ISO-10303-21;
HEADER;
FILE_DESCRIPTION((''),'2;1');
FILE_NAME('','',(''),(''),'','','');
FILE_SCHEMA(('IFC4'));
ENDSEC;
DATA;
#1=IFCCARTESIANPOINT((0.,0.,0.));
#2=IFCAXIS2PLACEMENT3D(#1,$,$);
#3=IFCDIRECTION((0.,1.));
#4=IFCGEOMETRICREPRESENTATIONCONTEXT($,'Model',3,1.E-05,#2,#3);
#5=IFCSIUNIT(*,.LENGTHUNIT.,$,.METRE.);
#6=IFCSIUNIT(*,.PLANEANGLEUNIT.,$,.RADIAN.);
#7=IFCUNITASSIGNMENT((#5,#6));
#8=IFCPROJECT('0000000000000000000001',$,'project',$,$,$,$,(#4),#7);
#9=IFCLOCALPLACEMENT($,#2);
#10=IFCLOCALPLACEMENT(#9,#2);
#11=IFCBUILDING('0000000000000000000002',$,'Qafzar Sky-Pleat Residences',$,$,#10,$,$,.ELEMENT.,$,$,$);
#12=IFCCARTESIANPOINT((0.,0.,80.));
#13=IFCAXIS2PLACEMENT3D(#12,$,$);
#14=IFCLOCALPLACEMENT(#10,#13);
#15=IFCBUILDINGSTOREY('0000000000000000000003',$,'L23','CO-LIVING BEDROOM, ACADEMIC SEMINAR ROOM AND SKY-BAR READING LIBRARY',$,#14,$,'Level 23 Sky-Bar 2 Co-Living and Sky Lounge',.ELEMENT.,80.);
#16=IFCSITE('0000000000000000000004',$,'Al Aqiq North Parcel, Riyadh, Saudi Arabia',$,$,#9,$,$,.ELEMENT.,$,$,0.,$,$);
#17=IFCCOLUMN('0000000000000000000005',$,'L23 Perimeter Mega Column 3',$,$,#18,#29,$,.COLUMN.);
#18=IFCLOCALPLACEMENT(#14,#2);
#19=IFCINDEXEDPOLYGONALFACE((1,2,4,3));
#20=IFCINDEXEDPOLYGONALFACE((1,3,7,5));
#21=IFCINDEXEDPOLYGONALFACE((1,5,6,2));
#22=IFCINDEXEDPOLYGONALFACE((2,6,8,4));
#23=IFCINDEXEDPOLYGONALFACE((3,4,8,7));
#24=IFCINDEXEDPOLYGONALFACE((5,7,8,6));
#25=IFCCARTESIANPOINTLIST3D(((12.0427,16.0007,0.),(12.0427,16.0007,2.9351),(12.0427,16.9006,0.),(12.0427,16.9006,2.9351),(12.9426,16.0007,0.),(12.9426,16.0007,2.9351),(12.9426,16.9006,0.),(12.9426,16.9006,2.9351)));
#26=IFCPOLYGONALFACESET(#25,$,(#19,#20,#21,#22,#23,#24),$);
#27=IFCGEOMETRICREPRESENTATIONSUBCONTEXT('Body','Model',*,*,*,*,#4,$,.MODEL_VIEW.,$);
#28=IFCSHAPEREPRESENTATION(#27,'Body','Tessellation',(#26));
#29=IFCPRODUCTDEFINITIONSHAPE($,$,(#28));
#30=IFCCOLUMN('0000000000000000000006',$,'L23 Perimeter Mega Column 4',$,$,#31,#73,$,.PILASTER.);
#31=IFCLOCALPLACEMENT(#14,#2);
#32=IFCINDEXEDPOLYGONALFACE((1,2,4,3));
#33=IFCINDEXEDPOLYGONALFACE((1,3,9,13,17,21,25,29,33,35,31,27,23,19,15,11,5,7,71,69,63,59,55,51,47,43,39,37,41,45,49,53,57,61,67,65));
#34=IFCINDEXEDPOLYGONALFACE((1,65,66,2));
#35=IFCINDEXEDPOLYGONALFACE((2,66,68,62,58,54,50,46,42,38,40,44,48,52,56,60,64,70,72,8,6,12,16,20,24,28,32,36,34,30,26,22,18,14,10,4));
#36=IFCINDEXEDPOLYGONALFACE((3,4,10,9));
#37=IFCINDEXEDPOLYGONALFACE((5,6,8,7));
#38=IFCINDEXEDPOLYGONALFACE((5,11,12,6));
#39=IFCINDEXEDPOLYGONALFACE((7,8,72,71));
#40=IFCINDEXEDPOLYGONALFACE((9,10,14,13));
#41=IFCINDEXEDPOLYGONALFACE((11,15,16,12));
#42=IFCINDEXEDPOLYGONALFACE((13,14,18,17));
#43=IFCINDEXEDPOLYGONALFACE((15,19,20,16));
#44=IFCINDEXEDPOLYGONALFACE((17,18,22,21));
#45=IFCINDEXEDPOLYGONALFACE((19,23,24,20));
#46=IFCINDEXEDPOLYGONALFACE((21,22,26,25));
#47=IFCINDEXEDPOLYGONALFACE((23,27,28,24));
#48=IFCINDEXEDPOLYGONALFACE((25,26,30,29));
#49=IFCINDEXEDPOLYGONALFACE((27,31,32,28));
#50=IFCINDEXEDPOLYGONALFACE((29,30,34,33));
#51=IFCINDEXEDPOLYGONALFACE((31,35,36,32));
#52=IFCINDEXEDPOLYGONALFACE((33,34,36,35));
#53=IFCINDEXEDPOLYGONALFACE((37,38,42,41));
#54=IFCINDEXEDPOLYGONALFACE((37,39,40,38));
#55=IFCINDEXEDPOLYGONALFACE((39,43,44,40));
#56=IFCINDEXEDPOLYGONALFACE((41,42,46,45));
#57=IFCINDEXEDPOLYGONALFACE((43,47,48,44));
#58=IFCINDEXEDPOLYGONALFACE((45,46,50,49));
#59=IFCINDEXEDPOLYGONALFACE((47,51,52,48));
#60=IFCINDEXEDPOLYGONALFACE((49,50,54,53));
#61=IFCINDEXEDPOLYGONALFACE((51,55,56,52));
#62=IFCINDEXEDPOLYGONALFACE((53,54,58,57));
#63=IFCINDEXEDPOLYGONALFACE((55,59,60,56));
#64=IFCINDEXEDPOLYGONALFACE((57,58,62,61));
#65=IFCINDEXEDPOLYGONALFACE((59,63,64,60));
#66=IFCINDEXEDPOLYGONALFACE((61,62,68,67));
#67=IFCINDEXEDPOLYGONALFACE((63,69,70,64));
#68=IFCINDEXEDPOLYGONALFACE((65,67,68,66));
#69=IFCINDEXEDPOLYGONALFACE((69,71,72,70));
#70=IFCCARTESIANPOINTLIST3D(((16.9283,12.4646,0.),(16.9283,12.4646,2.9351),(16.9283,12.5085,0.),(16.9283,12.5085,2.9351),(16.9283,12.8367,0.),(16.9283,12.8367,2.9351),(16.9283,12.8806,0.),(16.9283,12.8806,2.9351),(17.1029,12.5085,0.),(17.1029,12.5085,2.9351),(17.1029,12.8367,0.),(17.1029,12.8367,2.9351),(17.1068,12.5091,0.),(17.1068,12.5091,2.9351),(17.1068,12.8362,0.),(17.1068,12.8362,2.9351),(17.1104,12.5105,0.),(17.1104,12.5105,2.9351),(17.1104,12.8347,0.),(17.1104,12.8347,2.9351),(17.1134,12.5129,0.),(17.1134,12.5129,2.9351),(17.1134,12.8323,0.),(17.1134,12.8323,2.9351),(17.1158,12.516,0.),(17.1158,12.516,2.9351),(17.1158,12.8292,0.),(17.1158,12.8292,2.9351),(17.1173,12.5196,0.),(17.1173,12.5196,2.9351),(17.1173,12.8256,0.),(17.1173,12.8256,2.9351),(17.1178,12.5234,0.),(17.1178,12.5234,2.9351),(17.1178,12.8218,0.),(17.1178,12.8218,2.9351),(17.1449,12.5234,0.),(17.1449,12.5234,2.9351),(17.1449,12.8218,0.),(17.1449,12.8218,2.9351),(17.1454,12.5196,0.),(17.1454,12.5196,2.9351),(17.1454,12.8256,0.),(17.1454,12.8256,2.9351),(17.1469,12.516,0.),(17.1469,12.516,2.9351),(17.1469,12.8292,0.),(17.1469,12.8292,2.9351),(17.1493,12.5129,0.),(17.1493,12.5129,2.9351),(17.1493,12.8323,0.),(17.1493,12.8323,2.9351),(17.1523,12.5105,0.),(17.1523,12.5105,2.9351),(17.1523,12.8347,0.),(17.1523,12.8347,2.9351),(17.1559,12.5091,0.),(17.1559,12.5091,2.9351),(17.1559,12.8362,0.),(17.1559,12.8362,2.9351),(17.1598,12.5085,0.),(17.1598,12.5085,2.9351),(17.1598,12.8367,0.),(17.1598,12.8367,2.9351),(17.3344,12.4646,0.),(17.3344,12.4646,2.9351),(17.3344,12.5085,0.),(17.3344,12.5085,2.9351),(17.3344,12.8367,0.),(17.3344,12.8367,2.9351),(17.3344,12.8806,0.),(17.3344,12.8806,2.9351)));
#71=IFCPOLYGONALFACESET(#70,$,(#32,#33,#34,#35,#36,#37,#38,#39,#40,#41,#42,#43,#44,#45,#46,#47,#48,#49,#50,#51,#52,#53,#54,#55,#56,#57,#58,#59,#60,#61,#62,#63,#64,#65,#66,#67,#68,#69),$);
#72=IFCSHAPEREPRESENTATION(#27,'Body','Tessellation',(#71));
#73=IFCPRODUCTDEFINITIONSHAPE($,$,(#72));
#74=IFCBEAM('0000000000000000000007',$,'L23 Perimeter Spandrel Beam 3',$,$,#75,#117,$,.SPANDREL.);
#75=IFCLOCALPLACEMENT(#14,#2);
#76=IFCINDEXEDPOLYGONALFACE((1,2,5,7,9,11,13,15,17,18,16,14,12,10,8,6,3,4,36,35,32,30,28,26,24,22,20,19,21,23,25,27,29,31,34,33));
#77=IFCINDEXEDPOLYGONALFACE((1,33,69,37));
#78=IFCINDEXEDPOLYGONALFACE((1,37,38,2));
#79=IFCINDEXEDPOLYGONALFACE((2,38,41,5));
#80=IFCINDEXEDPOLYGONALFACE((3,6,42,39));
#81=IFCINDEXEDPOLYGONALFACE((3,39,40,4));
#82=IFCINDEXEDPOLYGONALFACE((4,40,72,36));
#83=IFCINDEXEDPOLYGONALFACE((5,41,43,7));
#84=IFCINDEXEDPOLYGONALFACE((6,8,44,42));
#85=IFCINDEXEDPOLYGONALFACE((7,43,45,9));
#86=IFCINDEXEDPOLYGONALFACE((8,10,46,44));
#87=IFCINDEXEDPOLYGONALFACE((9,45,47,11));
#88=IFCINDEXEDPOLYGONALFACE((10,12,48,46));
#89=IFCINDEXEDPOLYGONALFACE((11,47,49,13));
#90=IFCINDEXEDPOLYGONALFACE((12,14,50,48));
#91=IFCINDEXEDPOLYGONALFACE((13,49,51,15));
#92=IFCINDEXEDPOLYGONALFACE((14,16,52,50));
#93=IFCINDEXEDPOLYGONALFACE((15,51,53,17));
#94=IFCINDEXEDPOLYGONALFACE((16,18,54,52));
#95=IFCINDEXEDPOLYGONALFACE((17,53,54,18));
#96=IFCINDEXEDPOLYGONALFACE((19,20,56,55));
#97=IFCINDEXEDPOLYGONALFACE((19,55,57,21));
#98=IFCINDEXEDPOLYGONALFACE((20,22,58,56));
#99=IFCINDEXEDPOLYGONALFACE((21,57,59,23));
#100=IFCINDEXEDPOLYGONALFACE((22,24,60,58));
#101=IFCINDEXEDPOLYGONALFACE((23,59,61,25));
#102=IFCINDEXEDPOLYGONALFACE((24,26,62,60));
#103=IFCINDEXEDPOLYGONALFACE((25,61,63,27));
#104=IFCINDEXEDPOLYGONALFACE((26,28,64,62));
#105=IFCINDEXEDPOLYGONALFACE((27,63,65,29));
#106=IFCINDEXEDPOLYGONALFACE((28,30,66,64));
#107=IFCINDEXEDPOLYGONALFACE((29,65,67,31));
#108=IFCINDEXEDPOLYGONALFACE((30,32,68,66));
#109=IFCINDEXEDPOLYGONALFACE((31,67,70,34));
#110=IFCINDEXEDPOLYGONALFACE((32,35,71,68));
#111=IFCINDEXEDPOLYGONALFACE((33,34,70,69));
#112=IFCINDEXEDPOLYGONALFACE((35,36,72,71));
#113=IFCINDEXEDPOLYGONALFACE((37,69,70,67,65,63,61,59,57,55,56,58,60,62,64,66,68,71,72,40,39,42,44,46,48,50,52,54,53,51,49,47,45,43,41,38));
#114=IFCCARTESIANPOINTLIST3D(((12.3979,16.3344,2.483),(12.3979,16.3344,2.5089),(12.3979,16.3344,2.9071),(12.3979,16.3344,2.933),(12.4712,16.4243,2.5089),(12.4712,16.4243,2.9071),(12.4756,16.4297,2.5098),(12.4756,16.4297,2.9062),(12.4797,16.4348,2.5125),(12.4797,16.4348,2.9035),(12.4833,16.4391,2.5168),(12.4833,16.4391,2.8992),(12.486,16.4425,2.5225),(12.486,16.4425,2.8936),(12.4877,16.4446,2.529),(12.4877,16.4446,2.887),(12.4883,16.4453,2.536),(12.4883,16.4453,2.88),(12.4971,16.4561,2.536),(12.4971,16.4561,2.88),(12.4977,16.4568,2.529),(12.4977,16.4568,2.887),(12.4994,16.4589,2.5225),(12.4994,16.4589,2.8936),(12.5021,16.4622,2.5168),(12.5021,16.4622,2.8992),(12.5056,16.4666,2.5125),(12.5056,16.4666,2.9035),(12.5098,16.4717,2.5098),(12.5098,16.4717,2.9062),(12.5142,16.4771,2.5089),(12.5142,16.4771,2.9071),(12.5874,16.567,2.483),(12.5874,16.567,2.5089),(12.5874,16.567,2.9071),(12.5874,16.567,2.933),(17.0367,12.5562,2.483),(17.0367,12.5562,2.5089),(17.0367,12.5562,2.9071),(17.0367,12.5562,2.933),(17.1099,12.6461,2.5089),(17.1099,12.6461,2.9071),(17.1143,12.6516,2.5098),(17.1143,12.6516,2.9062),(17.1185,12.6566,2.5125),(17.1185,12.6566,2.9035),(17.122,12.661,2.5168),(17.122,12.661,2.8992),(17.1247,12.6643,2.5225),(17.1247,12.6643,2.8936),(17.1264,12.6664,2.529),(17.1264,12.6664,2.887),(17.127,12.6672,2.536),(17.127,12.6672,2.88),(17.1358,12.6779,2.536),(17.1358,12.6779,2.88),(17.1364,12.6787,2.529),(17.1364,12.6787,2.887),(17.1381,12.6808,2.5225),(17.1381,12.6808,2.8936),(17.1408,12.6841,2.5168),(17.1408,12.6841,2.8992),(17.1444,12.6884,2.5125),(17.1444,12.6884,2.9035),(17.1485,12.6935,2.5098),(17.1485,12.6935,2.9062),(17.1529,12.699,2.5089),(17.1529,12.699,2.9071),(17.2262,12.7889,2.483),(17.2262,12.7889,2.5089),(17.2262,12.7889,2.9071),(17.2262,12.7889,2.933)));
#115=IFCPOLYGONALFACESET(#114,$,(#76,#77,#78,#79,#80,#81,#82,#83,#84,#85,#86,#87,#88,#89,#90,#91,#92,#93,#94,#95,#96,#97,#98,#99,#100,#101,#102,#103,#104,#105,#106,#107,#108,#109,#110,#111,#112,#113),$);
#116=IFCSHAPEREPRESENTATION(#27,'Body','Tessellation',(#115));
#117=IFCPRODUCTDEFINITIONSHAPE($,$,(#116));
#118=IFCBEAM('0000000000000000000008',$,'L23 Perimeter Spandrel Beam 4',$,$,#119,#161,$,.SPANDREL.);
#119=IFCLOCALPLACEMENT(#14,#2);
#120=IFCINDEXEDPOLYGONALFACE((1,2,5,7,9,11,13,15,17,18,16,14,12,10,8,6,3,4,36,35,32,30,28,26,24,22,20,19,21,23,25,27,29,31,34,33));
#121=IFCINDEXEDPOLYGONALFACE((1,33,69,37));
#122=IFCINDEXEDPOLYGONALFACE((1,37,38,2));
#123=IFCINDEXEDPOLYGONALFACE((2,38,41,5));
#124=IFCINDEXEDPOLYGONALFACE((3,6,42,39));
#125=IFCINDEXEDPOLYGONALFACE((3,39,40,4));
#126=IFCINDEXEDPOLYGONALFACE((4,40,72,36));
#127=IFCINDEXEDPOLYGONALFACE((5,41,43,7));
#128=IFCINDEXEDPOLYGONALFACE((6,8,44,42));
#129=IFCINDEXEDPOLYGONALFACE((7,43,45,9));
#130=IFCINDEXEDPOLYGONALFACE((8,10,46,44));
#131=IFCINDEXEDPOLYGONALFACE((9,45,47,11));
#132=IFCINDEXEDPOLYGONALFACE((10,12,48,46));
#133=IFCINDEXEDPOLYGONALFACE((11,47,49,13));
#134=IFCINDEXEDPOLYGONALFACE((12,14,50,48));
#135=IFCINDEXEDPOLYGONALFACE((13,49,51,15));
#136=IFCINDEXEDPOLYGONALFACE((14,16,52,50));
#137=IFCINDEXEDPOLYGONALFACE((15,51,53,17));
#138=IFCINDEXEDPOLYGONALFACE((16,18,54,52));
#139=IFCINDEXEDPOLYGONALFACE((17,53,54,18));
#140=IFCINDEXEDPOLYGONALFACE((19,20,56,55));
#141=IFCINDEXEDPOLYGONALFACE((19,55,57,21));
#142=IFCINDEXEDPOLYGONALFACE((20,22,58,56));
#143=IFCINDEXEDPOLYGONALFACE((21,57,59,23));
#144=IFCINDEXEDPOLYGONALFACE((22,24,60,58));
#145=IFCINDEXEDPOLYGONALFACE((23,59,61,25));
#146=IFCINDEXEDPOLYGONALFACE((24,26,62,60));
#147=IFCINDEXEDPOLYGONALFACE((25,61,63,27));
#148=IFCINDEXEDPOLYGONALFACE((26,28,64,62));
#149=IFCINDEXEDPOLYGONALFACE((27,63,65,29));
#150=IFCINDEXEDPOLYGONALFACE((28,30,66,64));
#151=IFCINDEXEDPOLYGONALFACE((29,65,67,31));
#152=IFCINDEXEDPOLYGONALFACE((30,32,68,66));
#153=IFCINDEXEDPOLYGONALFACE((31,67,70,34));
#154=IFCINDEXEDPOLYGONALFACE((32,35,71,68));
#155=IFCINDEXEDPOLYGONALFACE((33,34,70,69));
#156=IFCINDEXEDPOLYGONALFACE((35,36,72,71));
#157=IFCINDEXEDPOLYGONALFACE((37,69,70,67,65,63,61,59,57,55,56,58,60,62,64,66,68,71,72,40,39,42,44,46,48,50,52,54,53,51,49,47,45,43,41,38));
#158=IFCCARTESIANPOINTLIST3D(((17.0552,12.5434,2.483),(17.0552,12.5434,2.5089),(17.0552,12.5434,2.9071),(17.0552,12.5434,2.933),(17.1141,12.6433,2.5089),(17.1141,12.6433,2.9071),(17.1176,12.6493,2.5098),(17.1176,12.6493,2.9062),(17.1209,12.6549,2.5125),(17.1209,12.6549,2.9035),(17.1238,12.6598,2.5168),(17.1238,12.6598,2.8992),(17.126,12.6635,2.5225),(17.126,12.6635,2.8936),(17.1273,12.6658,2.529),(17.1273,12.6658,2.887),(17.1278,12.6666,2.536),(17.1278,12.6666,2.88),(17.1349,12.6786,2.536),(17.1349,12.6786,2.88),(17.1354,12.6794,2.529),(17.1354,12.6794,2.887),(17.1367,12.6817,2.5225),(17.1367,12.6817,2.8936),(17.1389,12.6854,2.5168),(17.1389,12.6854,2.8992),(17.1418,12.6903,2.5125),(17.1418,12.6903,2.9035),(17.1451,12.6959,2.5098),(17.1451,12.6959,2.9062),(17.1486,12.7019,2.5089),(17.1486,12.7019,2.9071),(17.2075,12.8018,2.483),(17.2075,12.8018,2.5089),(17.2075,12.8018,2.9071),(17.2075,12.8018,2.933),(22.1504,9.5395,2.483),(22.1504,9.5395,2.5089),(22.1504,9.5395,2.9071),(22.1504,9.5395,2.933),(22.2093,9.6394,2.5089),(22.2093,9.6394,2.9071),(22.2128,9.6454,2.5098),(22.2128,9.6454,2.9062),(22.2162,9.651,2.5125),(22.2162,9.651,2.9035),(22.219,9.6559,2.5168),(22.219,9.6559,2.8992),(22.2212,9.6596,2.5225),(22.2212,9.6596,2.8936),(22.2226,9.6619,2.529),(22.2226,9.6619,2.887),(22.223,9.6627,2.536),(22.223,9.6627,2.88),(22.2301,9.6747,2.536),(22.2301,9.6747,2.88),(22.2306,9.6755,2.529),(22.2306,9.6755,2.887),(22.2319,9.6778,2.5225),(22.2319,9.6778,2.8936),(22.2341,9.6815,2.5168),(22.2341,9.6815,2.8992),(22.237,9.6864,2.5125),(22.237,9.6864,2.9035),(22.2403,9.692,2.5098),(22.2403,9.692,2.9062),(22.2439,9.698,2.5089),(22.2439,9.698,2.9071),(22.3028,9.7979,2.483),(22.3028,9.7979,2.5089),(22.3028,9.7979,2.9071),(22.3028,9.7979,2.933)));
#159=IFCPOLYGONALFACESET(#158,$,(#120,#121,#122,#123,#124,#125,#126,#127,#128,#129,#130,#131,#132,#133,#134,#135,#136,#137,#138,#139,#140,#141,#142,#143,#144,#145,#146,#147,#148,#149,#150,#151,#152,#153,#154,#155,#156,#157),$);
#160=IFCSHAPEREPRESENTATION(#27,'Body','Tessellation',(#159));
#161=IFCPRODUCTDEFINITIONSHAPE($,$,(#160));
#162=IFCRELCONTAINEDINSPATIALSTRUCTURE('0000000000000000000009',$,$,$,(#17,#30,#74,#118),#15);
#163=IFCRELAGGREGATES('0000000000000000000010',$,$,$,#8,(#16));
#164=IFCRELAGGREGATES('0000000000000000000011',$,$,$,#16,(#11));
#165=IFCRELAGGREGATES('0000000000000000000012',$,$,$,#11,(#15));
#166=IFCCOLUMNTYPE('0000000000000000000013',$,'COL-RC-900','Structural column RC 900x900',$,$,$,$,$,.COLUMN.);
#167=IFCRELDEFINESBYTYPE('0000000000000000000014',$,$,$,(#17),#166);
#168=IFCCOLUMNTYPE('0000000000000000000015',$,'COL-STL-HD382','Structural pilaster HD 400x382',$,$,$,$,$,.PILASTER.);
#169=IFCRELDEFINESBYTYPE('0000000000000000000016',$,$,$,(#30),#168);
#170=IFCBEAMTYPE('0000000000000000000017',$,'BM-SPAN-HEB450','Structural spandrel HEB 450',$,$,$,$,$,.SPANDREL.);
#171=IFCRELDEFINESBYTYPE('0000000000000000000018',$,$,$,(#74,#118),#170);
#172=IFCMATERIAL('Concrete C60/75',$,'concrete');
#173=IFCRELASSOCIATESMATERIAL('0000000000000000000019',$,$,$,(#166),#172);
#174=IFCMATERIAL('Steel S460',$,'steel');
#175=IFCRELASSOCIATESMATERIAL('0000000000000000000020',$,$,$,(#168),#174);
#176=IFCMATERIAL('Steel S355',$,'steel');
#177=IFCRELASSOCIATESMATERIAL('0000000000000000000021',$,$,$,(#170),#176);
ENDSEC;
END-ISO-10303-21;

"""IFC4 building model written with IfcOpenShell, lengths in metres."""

from ifc_helpers import new_model, si_unit, direction, frame, origin, origin_2d, place, context, subcontext, project, spatial, rectangle, i_section, extrude, source, transform, mapped, material, material_profile, profile_set, type_object, element, save


model = new_model("IFC4")

# Units and contexts
model_context = context("Model", 3, precision=1e-05, world=origin(), true_north=direction((0.0, 1.0)))
body_context = subcontext(model_context, "Body", "Model", "MODEL_VIEW")
ifc_project = project(units=[si_unit("LENGTHUNIT", "METRE"), si_unit("PLANEANGLEUNIT", "RADIAN")], contexts=[model_context])

# Site, building, storey
site_placement = place(None, origin())
site = spatial("IfcSite", under=ifc_project, at=site_placement, Name="Al Aqiq North Parcel, Riyadh, Saudi Arabia", CompositionType="ELEMENT", RefElevation=0.0)
building_placement = place(site_placement, origin())
building = spatial("IfcBuilding", under=site, at=building_placement, Name="Qafzar Sky-Pleat Residences", CompositionType="ELEMENT")
storey_placement = place(building_placement, frame((0.0, 0.0, 80.0)))
storey = spatial("IfcBuildingStorey", under=building, at=storey_placement, Name="L23", Description="CO-LIVING BEDROOM, ACADEMIC SEMINAR ROOM AND SKY-BAR READING LIBRARY", LongName="Level 23 Sky-Bar 2 Co-Living and Sky Lounge", CompositionType="ELEMENT", Elevation=80.0)

# Columns
ifc_material_1 = material(Name="Concrete C60/75", Category="concrete")
ifc_material_profile_1 = material_profile(ifc_material_1, rectangle(XDim=0.8999, YDim=0.8999, at=origin_2d()), Name="RC 900x900")
ifc_profile_set_1 = profile_set([ifc_material_profile_1], Name="Concrete C60/75")
column_type_1 = type_object("IfcColumnType", Name="COL-RC-900", Description="Structural column RC 900x900", PredefinedType="COLUMN", material=ifc_profile_set_1)
shared_shape_1 = source(origin(), body_context, "Body", "SweptSolid", [
    extrude(rectangle(XDim=0.8999, YDim=0.8999, at=origin_2d()), origin(), (0.0, 0.0, 1.0), 2.9351),
])
column_1_placement = place(storey_placement, frame((12.4927, 16.4507, 0.0), z_axis=(0.0, 0.0, 1.0), x_axis=(1.0, 0.0, 0.0)))
element("IfcColumn", 1, at=column_1_placement, inside=storey, type_object=column_type_1, Name="L23 Perimeter Mega Column 3", PredefinedType="COLUMN", context=body_context, shape_type="MappedRepresentation", body=[
    mapped(shared_shape_1, transform((0.0, 0.0, 0.0), x_axis=(1.0, 0.0, 0.0), y_axis=(0.0, 1.0, 0.0), z_axis=(0.0, 0.0, 1.0), scale=1.0)),
])
ifc_material_2 = material(Name="Steel S460", Category="steel")
ifc_material_profile_2 = material_profile(ifc_material_2, i_section(OverallWidth=0.406, OverallDepth=0.416, WebThickness=0.0271, FlangeThickness=0.0439, FilletRadius=0.0149, at=origin_2d()), Name="HD 400x382")
ifc_profile_set_2 = profile_set([ifc_material_profile_2], Name="Steel S460")
column_type_2 = type_object("IfcColumnType", Name="COL-STL-HD382", Description="Structural pilaster HD 400x382", PredefinedType="PILASTER", material=ifc_profile_set_2)
shared_shape_2 = source(origin(), body_context, "Body", "SweptSolid", [
    extrude(i_section(OverallWidth=0.406, OverallDepth=0.416, WebThickness=0.0271, FlangeThickness=0.0439, FilletRadius=0.0149, at=origin_2d()), origin(), (0.0, 0.0, 1.0), 2.9351),
])
column_2_placement = place(storey_placement, frame((17.1313, 12.6726, 0.0), z_axis=(0.0, 0.0, 1.0), x_axis=(1.0, 0.0, 0.0)))
element("IfcColumn", 2, at=column_2_placement, inside=storey, type_object=column_type_2, Name="L23 Perimeter Mega Column 4", PredefinedType="PILASTER", context=body_context, shape_type="MappedRepresentation", body=[
    mapped(shared_shape_2, transform((0.0, 0.0, 0.0), x_axis=(1.0, 0.0, 0.0), y_axis=(0.0, 1.0, 0.0), z_axis=(0.0, 0.0, 1.0), scale=1.0)),
])

# Beams
ifc_material_3 = material(Name="Steel S355", Category="steel")
ifc_material_profile_3 = material_profile(ifc_material_3, i_section(OverallWidth=0.3, OverallDepth=0.45, WebThickness=0.0139, FlangeThickness=0.0259, FilletRadius=0.0271, at=origin_2d()), Name="HEB 450")
ifc_profile_set_3 = profile_set([ifc_material_profile_3], Name="Steel S355")
beam_type_1 = type_object("IfcBeamType", Name="BM-SPAN-HEB450", Description="Structural spandrel HEB 450", PredefinedType="SPANDREL", material=ifc_profile_set_3)
shared_shape_3 = source(origin(), body_context, "Body", "SweptSolid", [
    extrude(i_section(OverallWidth=0.3, OverallDepth=0.45, WebThickness=0.0139, FlangeThickness=0.0259, FilletRadius=0.0271, at=origin_2d()), origin(), (0.0, 0.0, 1.0), 5.9827),
])
beam_1_placement = place(storey_placement, frame((12.4927, 16.4507, 2.708), z_axis=(0.775364, -0.631514, 0.0), x_axis=(0.631514, 0.775364, 0.0)))
element("IfcBeam", 3, at=beam_1_placement, inside=storey, type_object=beam_type_1, Name="L23 Perimeter Spandrel Beam 3", PredefinedType="SPANDREL", context=body_context, shape_type="MappedRepresentation", body=[
    mapped(shared_shape_3, transform((0.0, 0.0, 0.0), x_axis=(1.0, 0.0, 0.0), y_axis=(0.0, 1.0, 0.0), z_axis=(0.0, 0.0, 1.0), scale=1.0)),
])
shared_shape_4 = source(origin(), body_context, "Body", "SweptSolid", [
    extrude(i_section(OverallWidth=0.3, OverallDepth=0.45, WebThickness=0.0139, FlangeThickness=0.0259, FilletRadius=0.0271, at=origin_2d()), origin(), (0.0, 0.0, 1.0), 5.9148),
])
beam_2_placement = place(storey_placement, frame((17.1313, 12.6726, 2.708), z_axis=(0.861437, -0.507864, 0.0), x_axis=(0.507864, 0.861437, 0.0)))
element("IfcBeam", 4, at=beam_2_placement, inside=storey, type_object=beam_type_1, Name="L23 Perimeter Spandrel Beam 4", PredefinedType="SPANDREL", context=body_context, shape_type="MappedRepresentation", body=[
    mapped(shared_shape_4, transform((0.0, 0.0, 0.0), x_axis=(1.0, 0.0, 0.0), y_axis=(0.0, 1.0, 0.0), z_axis=(0.0, 0.0, 1.0), scale=1.0)),
])

save(model, "model.ifc")
